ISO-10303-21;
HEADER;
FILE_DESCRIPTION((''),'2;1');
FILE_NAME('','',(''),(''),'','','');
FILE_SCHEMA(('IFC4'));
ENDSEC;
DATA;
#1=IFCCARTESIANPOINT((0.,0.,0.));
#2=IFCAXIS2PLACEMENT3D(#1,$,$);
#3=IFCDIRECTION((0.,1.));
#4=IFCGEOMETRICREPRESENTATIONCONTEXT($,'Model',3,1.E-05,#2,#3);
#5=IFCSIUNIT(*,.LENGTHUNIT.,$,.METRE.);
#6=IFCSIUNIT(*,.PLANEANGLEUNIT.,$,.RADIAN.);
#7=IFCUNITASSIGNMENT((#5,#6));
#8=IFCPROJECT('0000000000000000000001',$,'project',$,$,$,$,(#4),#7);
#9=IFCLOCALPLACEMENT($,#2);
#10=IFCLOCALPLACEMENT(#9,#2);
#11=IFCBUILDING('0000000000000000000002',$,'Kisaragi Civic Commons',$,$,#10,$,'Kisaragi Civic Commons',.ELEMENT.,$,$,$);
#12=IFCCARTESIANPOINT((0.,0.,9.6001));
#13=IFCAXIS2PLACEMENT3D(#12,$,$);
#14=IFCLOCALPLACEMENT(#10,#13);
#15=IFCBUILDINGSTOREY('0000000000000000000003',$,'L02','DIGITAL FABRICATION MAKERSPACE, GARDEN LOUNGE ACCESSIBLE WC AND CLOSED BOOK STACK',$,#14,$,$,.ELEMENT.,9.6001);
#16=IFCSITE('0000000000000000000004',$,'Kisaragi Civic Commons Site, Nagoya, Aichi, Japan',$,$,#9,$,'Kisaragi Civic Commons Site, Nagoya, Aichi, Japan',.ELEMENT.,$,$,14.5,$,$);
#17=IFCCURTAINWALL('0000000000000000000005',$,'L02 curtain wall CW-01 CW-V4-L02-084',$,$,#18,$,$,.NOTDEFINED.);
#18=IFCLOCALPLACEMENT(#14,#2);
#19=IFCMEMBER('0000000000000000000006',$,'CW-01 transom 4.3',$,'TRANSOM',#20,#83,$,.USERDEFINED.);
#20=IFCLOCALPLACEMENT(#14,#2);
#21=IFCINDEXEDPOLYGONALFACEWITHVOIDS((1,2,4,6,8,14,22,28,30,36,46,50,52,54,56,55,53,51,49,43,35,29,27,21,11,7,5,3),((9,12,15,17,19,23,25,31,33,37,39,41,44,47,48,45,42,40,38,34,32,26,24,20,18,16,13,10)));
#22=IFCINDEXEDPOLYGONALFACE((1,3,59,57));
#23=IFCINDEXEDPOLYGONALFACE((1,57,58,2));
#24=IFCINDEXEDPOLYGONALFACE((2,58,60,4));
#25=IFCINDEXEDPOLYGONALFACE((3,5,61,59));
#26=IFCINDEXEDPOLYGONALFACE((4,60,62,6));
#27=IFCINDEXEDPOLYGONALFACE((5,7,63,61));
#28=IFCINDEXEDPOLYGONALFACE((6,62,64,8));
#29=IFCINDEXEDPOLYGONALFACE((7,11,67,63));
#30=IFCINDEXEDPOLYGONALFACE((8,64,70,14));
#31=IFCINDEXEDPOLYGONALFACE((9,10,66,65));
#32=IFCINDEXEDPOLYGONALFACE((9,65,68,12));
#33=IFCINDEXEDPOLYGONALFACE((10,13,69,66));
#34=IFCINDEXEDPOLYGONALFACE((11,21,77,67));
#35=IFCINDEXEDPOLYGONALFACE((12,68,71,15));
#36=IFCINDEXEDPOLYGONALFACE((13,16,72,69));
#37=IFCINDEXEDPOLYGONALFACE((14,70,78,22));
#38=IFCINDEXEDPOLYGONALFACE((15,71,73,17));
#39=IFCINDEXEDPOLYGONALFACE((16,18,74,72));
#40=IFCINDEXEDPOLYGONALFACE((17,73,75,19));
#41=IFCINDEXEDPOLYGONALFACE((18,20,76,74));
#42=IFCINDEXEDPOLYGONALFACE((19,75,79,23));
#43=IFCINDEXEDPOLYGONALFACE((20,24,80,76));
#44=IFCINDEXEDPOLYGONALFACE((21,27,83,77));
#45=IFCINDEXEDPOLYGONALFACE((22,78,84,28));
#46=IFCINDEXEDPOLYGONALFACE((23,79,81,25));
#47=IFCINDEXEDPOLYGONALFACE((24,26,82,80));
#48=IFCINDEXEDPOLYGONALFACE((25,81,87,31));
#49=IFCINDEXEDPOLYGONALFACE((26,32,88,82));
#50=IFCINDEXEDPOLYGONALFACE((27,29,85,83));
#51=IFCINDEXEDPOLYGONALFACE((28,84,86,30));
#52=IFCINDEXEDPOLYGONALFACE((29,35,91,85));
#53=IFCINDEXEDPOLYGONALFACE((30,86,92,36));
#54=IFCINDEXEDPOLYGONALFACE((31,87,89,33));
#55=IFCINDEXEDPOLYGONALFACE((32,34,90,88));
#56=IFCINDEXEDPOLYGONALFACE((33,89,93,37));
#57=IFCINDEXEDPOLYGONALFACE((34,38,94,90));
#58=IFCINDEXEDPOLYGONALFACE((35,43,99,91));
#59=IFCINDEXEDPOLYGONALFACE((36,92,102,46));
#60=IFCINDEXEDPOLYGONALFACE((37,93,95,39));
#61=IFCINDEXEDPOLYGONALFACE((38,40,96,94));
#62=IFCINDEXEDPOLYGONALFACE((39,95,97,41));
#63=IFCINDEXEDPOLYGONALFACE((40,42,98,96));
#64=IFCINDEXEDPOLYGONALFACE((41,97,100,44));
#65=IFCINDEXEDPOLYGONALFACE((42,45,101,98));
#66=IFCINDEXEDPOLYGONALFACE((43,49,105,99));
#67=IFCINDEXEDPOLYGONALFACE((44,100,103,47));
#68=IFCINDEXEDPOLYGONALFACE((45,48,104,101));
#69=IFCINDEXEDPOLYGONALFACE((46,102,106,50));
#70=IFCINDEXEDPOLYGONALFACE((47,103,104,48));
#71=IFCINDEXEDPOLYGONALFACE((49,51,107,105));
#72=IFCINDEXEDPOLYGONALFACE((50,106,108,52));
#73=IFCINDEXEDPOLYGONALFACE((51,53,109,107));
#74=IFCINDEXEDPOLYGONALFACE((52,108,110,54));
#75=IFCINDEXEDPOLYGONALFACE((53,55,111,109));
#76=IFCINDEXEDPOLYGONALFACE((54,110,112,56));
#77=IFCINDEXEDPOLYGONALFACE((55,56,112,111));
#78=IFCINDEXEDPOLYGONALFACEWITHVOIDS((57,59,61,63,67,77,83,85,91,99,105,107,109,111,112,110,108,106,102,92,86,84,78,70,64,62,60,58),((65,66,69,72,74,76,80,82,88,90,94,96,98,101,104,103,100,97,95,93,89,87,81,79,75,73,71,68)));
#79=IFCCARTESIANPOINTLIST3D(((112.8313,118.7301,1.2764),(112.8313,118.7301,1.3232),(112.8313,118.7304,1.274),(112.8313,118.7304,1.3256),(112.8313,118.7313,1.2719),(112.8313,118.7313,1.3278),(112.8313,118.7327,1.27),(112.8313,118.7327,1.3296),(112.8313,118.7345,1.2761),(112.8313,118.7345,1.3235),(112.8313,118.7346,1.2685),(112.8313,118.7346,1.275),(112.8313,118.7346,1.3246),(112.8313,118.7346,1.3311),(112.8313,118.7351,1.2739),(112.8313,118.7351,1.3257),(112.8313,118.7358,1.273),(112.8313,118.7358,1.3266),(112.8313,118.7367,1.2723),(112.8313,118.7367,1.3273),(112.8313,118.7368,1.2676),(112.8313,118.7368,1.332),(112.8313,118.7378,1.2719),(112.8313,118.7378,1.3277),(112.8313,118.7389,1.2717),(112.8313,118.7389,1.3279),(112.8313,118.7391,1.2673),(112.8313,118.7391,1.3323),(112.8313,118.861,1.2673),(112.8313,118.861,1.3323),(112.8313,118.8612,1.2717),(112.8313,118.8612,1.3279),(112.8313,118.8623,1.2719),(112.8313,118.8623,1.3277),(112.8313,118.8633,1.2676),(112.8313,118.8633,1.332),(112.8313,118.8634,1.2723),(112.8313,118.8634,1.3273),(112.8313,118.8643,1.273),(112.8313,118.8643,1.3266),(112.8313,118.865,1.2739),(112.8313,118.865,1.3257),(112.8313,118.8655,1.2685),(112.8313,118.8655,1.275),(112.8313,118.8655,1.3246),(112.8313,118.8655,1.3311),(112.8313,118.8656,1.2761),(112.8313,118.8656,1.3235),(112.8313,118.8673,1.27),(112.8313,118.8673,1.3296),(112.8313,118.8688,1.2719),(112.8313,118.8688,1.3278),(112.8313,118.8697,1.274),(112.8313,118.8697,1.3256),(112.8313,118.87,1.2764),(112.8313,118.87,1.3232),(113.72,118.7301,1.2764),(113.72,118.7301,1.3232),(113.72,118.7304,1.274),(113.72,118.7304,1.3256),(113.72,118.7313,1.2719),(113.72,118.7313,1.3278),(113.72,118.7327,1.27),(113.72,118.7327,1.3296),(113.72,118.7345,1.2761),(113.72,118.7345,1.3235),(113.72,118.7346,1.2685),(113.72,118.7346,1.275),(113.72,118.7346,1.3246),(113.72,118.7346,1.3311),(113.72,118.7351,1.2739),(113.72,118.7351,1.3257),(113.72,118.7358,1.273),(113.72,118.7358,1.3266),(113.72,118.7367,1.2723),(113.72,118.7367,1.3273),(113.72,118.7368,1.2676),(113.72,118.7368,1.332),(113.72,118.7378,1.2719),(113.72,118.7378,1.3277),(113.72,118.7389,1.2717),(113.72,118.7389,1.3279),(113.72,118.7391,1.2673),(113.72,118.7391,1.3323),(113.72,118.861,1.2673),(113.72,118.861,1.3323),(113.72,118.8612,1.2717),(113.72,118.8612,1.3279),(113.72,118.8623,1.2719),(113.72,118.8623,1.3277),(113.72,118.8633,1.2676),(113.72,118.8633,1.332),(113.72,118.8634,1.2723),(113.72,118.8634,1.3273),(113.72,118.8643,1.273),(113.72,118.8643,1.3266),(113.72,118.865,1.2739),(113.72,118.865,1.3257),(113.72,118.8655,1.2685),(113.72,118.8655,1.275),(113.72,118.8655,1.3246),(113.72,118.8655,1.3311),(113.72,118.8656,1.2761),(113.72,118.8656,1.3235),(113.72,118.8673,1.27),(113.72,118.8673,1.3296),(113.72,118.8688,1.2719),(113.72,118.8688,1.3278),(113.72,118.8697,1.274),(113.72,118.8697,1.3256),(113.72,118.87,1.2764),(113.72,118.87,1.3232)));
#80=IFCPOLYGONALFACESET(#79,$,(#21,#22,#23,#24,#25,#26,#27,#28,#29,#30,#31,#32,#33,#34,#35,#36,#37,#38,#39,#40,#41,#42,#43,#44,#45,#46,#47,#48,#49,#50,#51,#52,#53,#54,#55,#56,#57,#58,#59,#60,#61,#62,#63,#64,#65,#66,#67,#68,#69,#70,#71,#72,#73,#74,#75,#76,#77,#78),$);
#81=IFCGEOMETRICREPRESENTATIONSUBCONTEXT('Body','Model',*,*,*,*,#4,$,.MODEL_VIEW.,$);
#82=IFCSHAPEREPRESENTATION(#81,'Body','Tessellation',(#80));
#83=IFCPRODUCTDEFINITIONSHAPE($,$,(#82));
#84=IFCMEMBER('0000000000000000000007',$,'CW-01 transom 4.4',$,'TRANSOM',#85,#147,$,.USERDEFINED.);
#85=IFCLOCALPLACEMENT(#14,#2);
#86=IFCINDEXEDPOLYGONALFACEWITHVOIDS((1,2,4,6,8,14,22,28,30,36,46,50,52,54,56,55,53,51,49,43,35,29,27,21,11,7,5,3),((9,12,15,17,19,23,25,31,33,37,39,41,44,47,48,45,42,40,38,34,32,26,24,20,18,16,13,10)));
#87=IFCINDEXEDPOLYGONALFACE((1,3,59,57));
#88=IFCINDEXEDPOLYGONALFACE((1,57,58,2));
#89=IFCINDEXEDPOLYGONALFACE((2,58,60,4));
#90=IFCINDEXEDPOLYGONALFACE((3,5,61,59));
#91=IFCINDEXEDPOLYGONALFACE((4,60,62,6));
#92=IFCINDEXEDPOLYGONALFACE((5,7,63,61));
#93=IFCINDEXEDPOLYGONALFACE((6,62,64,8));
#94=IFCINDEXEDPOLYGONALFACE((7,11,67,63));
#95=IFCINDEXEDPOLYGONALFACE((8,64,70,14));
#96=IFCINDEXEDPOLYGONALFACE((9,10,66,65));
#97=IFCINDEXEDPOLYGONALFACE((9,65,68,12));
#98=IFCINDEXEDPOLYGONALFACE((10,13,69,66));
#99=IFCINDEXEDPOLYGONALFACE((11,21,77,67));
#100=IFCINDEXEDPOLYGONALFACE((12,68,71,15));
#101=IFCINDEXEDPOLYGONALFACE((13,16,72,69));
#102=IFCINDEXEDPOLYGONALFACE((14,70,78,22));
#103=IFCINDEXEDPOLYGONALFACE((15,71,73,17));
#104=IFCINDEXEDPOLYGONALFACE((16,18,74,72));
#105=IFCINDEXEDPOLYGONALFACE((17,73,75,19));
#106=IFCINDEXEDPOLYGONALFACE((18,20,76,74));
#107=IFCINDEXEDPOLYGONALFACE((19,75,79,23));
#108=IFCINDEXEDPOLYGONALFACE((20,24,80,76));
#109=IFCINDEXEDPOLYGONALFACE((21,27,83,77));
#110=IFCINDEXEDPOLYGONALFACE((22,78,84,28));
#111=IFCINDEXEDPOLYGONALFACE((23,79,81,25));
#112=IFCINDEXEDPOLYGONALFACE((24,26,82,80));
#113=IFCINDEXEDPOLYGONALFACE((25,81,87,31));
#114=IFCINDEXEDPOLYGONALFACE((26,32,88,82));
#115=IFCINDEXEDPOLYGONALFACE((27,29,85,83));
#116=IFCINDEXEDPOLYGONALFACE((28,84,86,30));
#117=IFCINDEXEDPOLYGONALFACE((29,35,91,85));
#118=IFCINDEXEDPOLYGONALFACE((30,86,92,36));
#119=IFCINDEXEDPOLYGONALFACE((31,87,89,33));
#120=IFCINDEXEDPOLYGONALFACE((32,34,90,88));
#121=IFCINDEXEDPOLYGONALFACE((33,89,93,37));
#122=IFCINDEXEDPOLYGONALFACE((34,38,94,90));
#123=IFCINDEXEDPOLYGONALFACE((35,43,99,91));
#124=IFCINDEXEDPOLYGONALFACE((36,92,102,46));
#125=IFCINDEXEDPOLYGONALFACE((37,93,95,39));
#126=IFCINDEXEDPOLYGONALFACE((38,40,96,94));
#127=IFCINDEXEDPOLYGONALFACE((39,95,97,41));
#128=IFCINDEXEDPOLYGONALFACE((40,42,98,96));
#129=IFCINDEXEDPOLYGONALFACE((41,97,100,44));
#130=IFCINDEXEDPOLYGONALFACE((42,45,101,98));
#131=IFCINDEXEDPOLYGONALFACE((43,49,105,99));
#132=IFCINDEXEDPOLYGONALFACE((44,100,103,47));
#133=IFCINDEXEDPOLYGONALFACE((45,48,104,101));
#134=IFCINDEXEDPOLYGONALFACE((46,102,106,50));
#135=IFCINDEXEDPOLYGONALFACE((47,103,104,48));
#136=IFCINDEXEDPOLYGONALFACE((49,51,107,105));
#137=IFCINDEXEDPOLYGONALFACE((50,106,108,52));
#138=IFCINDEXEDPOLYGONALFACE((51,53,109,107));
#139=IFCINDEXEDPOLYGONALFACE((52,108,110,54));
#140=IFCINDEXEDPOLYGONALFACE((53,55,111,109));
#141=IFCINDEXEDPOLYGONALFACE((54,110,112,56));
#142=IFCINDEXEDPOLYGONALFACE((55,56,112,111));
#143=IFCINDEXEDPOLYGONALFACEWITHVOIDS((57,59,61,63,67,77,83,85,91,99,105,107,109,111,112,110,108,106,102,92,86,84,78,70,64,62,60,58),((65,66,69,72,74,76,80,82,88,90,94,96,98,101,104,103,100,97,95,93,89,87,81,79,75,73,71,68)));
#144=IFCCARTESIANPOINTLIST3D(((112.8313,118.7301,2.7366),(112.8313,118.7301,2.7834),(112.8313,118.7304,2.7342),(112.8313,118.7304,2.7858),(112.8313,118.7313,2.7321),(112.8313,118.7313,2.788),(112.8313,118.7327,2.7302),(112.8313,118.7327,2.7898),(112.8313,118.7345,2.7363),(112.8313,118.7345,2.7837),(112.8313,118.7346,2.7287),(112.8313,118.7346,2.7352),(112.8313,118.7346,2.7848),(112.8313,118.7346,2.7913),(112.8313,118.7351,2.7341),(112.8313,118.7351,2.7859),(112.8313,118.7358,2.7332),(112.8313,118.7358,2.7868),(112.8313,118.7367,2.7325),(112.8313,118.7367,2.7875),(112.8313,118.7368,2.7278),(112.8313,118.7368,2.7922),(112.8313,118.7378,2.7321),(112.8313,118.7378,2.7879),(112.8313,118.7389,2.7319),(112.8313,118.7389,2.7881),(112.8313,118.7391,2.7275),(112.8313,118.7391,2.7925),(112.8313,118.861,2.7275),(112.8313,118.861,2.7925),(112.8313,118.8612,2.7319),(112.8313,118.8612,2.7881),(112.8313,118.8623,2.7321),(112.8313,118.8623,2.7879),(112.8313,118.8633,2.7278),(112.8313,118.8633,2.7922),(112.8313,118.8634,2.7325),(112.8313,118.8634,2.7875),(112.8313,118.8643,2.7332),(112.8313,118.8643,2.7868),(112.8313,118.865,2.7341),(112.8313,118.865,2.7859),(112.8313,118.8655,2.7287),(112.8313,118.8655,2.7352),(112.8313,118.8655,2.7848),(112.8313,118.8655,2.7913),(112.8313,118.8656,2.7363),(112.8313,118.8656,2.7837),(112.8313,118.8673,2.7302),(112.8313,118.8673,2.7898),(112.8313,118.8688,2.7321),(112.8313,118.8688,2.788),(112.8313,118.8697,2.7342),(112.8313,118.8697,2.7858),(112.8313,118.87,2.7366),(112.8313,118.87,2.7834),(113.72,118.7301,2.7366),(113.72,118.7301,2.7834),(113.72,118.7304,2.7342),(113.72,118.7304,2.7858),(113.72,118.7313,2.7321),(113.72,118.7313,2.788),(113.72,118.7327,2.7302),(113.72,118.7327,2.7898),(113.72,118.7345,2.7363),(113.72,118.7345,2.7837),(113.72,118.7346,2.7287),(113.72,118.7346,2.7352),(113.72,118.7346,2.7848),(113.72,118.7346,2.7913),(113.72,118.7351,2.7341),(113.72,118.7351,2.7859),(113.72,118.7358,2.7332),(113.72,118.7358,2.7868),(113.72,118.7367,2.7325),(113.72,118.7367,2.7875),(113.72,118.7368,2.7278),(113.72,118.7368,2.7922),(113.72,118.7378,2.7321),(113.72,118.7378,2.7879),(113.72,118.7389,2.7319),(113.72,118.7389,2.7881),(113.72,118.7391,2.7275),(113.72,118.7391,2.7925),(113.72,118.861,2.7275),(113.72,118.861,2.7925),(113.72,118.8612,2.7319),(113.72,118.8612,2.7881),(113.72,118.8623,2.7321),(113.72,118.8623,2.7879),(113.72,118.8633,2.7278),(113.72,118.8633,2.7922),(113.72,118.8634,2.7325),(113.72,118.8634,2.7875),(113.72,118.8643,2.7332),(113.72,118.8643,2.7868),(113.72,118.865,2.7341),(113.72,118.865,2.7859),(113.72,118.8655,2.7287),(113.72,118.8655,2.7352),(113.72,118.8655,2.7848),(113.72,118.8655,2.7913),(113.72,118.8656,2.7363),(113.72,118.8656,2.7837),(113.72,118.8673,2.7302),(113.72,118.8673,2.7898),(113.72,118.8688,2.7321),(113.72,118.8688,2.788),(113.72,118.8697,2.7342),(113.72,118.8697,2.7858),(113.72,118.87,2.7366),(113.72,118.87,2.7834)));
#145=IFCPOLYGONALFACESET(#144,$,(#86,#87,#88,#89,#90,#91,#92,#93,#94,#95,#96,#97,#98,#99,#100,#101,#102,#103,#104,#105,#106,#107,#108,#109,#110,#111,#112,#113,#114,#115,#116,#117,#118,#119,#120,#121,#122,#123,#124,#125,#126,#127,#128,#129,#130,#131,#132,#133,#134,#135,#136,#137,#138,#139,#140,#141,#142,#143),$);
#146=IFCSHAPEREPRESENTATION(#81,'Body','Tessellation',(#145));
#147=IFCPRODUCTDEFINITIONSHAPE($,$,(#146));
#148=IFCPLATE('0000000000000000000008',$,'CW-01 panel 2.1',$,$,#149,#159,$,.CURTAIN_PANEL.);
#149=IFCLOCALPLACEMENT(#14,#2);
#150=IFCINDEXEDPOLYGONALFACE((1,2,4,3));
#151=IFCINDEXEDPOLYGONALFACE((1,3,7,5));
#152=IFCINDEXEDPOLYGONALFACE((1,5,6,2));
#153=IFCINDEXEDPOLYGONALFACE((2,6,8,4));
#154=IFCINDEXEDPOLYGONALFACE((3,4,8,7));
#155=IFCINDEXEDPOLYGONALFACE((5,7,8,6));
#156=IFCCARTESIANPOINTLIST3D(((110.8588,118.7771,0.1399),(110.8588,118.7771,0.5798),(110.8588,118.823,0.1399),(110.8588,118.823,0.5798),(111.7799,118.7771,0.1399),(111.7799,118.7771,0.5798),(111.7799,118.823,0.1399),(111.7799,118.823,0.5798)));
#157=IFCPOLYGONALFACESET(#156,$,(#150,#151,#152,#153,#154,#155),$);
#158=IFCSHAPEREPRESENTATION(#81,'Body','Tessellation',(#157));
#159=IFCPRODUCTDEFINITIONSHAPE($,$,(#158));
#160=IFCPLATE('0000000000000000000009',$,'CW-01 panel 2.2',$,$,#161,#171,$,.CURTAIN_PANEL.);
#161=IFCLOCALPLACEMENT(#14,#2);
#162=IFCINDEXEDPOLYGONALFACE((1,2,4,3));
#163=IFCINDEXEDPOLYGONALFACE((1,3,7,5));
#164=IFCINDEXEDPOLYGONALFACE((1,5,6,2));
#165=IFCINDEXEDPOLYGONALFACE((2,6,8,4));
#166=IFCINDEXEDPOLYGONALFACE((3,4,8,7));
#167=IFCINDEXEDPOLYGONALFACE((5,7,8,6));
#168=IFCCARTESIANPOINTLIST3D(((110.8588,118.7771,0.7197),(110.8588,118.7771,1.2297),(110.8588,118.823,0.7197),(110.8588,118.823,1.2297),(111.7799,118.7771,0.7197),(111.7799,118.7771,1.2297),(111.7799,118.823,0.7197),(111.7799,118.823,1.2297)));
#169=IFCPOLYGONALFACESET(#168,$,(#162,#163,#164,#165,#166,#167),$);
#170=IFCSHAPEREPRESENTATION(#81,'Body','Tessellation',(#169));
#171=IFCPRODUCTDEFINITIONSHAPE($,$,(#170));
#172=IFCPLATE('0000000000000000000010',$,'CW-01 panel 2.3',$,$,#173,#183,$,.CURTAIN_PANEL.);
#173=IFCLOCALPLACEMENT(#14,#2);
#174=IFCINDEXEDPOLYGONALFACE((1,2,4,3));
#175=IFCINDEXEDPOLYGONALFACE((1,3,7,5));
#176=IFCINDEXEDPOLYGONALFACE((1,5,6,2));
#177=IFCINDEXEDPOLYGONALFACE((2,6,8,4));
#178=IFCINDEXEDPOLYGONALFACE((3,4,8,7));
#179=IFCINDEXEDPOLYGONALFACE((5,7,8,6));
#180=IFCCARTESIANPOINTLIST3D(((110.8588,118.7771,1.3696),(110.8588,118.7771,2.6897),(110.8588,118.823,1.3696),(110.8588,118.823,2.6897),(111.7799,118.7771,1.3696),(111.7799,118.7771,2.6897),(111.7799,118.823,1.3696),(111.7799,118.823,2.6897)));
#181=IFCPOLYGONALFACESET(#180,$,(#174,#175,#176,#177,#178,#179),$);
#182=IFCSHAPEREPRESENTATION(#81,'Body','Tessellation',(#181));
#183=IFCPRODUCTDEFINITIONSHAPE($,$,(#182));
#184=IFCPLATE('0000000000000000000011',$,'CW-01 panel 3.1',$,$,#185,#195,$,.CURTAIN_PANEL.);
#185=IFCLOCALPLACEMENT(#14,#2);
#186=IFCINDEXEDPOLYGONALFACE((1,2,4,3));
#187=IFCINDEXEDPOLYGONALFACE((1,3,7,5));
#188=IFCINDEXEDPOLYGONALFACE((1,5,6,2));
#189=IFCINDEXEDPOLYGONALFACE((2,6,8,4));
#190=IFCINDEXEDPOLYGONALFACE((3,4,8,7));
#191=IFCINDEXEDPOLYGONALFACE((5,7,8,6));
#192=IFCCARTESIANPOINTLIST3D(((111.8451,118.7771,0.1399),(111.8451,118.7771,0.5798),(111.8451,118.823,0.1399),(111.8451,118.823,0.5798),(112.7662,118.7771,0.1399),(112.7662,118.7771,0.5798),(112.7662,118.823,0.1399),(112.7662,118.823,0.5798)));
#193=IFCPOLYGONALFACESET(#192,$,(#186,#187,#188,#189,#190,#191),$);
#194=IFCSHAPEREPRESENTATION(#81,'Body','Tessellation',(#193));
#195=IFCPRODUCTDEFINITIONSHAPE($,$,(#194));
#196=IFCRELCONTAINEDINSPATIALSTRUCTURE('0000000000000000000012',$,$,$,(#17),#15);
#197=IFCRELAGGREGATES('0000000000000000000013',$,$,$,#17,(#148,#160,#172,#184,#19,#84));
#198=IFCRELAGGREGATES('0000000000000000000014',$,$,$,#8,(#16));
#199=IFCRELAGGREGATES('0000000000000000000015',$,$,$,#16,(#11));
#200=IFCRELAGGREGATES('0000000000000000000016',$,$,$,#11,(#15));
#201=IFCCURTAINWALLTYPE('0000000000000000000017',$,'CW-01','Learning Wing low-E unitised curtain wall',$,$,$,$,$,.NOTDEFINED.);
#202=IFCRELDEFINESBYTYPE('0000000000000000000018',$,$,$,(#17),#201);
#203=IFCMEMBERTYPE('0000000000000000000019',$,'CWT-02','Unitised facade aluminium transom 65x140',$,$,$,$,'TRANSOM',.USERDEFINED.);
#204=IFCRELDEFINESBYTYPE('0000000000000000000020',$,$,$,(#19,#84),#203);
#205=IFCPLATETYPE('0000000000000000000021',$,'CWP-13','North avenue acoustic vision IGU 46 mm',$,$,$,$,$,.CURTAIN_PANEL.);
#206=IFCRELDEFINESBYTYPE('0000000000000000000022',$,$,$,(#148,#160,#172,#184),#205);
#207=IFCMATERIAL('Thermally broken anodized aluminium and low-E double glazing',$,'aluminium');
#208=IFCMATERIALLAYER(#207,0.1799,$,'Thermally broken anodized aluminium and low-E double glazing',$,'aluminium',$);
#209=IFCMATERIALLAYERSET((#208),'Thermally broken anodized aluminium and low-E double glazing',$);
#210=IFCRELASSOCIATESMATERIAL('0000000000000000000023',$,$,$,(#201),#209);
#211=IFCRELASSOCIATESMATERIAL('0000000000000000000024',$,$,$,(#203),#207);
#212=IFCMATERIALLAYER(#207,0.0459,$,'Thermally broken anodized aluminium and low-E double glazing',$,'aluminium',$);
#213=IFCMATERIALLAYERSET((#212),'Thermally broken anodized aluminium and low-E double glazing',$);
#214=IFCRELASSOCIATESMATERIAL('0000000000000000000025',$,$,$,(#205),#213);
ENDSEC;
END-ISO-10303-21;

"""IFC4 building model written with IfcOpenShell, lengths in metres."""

from ifc_helpers import new_model, si_unit, direction, frame, origin, origin_2d, place, context, subcontext, project, spatial, rectangle, hollow_rectangle, extrude, material, layer, layer_set, material_profile, profile_set, type_object, element, aggregate, save


model = new_model("IFC4")

# Units and contexts
model_context = context("Model", 3, precision=1e-05, world=origin(), true_north=direction((0.0, 1.0)))
body_context = subcontext(model_context, "Body", "Model", "MODEL_VIEW")
ifc_project = project(units=[si_unit("LENGTHUNIT", "METRE"), si_unit("PLANEANGLEUNIT", "RADIAN")], contexts=[model_context])

# Site, building, storey
site_placement = place(None, origin())
site = spatial("IfcSite", under=ifc_project, at=site_placement, Name="Kisaragi Civic Commons Site, Nagoya, Aichi, Japan", LongName="Kisaragi Civic Commons Site, Nagoya, Aichi, Japan", CompositionType="ELEMENT", RefElevation=14.5)
building_placement = place(site_placement, origin())
building = spatial("IfcBuilding", under=site, at=building_placement, Name="Kisaragi Civic Commons", LongName="Kisaragi Civic Commons", CompositionType="ELEMENT")
storey_placement = place(building_placement, frame((0.0, 0.0, 9.6001)))
storey = spatial("IfcBuildingStorey", under=building, at=storey_placement, Name="L02", Description="DIGITAL FABRICATION MAKERSPACE, GARDEN LOUNGE ACCESSIBLE WC AND CLOSED BOOK STACK", CompositionType="ELEMENT", Elevation=9.6001)

# Curtain wall, members, plates
ifc_material_1 = material(Name="Thermally broken anodized aluminium and low-E double glazing", Category="aluminium")
ifc_layer_1 = layer(ifc_material_1, 0.1799, Name="Thermally broken anodized aluminium and low-E double glazing", Category="aluminium")
ifc_layer_set_1 = layer_set([ifc_layer_1], Name="Thermally broken anodized aluminium and low-E double glazing")
curtain_wall_type = type_object("IfcCurtainWallType", Name="CW-01", Description="Learning Wing low-E unitised curtain wall", PredefinedType="NOTDEFINED", material=ifc_layer_set_1)
curtain_wall_placement = place(storey_placement, origin())
curtain_wall = element("IfcCurtainWall", 1, at=curtain_wall_placement, inside=storey, type_object=curtain_wall_type, Name="L02 curtain wall CW-01 CW-V4-L02-084", PredefinedType="NOTDEFINED")
ifc_material_profile_1 = material_profile(ifc_material_1, hollow_rectangle(XDim=0.1399, YDim=0.0649, WallThickness=0.0044, InnerFilletRadius=0.0044, OuterFilletRadius=0.009, at=origin_2d()), Name="CWT-65x140x4.5", Category="aluminium")
ifc_profile_set_1 = profile_set([ifc_material_profile_1], Name="Thermally broken anodized aluminium and low-E double glazing")
member_type_1 = type_object("IfcMemberType", Name="CWT-02", Description="Unitised facade aluminium transom 65x140", ElementType="TRANSOM", PredefinedType="USERDEFINED", material=ifc_profile_set_1)
member_1_placement = place(storey_placement, frame((112.8313, 118.8, 1.2998), z_axis=(1.0, 0.0, 0.0), x_axis=(0.0, 1.0, 0.0)))
member_1 = element("IfcMember", 2, at=member_1_placement, type_object=member_type_1, Name="CW-01 transom 4.3", ObjectType="TRANSOM", PredefinedType="USERDEFINED", context=body_context, shape_type="SweptSolid", body=[
    extrude(hollow_rectangle(XDim=0.1399, YDim=0.0649, WallThickness=0.0044, InnerFilletRadius=0.0044, OuterFilletRadius=0.009, at=origin_2d()), origin(), (0.0, 0.0, 1.0), 0.8887),
])
member_2_placement = place(storey_placement, frame((112.8313, 118.8, 2.76), z_axis=(1.0, 0.0, 0.0), x_axis=(0.0, 1.0, 0.0)))
member_2 = element("IfcMember", 3, at=member_2_placement, type_object=member_type_1, Name="CW-01 transom 4.4", ObjectType="TRANSOM", PredefinedType="USERDEFINED", context=body_context, shape_type="SweptSolid", body=[
    extrude(hollow_rectangle(XDim=0.1399, YDim=0.0649, WallThickness=0.0044, InnerFilletRadius=0.0044, OuterFilletRadius=0.009, at=origin_2d()), origin(), (0.0, 0.0, 1.0), 0.8887),
])
ifc_layer_2 = layer(ifc_material_1, 0.0459, Name="Thermally broken anodized aluminium and low-E double glazing", Category="aluminium")
ifc_layer_set_2 = layer_set([ifc_layer_2], Name="Thermally broken anodized aluminium and low-E double glazing")
plate_type = type_object("IfcPlateType", Name="CWP-13", Description="North avenue acoustic vision IGU 46 mm", PredefinedType="CURTAIN_PANEL", material=ifc_layer_set_2)
plate_1_placement = place(storey_placement, frame((111.3193, 118.8, 0.1399), z_axis=(0.0, 0.0, 1.0), x_axis=(1.0, 0.0, 0.0)))
plate_1 = element("IfcPlate", 4, at=plate_1_placement, type_object=plate_type, Name="CW-01 panel 2.1", PredefinedType="CURTAIN_PANEL", context=body_context, shape_type="SweptSolid", body=[
    extrude(rectangle(XDim=0.9211, YDim=0.0459, at=origin_2d()), origin(), (0.0, 0.0, 1.0), 0.4399),
])
plate_2_placement = place(storey_placement, frame((111.3193, 118.8, 0.7197), z_axis=(0.0, 0.0, 1.0), x_axis=(1.0, 0.0, 0.0)))
plate_2 = element("IfcPlate", 5, at=plate_2_placement, type_object=plate_type, Name="CW-01 panel 2.2", PredefinedType="CURTAIN_PANEL", context=body_context, shape_type="SweptSolid", body=[
    extrude(rectangle(XDim=0.9211, YDim=0.0459, at=origin_2d()), origin(), (0.0, 0.0, 1.0), 0.51),
])
plate_3_placement = place(storey_placement, frame((111.3193, 118.8, 1.3696), z_axis=(0.0, 0.0, 1.0), x_axis=(1.0, 0.0, 0.0)))
plate_3 = element("IfcPlate", 6, at=plate_3_placement, type_object=plate_type, Name="CW-01 panel 2.3", PredefinedType="CURTAIN_PANEL", context=body_context, shape_type="SweptSolid", body=[
    extrude(rectangle(XDim=0.9211, YDim=0.0459, at=origin_2d()), origin(), (0.0, 0.0, 1.0), 1.3201),
])
plate_4_placement = place(storey_placement, frame((112.3057, 118.8, 0.1399), z_axis=(0.0, 0.0, 1.0), x_axis=(1.0, 0.0, 0.0)))
plate_4 = element("IfcPlate", 7, at=plate_4_placement, type_object=plate_type, Name="CW-01 panel 3.1", PredefinedType="CURTAIN_PANEL", context=body_context, shape_type="SweptSolid", body=[
    extrude(rectangle(XDim=0.9211, YDim=0.0459, at=origin_2d()), origin(), (0.0, 0.0, 1.0), 0.4399),
])
aggregate(curtain_wall, [plate_1, plate_2, plate_3, plate_4, member_1, member_2])

save(model, "model.ifc")
